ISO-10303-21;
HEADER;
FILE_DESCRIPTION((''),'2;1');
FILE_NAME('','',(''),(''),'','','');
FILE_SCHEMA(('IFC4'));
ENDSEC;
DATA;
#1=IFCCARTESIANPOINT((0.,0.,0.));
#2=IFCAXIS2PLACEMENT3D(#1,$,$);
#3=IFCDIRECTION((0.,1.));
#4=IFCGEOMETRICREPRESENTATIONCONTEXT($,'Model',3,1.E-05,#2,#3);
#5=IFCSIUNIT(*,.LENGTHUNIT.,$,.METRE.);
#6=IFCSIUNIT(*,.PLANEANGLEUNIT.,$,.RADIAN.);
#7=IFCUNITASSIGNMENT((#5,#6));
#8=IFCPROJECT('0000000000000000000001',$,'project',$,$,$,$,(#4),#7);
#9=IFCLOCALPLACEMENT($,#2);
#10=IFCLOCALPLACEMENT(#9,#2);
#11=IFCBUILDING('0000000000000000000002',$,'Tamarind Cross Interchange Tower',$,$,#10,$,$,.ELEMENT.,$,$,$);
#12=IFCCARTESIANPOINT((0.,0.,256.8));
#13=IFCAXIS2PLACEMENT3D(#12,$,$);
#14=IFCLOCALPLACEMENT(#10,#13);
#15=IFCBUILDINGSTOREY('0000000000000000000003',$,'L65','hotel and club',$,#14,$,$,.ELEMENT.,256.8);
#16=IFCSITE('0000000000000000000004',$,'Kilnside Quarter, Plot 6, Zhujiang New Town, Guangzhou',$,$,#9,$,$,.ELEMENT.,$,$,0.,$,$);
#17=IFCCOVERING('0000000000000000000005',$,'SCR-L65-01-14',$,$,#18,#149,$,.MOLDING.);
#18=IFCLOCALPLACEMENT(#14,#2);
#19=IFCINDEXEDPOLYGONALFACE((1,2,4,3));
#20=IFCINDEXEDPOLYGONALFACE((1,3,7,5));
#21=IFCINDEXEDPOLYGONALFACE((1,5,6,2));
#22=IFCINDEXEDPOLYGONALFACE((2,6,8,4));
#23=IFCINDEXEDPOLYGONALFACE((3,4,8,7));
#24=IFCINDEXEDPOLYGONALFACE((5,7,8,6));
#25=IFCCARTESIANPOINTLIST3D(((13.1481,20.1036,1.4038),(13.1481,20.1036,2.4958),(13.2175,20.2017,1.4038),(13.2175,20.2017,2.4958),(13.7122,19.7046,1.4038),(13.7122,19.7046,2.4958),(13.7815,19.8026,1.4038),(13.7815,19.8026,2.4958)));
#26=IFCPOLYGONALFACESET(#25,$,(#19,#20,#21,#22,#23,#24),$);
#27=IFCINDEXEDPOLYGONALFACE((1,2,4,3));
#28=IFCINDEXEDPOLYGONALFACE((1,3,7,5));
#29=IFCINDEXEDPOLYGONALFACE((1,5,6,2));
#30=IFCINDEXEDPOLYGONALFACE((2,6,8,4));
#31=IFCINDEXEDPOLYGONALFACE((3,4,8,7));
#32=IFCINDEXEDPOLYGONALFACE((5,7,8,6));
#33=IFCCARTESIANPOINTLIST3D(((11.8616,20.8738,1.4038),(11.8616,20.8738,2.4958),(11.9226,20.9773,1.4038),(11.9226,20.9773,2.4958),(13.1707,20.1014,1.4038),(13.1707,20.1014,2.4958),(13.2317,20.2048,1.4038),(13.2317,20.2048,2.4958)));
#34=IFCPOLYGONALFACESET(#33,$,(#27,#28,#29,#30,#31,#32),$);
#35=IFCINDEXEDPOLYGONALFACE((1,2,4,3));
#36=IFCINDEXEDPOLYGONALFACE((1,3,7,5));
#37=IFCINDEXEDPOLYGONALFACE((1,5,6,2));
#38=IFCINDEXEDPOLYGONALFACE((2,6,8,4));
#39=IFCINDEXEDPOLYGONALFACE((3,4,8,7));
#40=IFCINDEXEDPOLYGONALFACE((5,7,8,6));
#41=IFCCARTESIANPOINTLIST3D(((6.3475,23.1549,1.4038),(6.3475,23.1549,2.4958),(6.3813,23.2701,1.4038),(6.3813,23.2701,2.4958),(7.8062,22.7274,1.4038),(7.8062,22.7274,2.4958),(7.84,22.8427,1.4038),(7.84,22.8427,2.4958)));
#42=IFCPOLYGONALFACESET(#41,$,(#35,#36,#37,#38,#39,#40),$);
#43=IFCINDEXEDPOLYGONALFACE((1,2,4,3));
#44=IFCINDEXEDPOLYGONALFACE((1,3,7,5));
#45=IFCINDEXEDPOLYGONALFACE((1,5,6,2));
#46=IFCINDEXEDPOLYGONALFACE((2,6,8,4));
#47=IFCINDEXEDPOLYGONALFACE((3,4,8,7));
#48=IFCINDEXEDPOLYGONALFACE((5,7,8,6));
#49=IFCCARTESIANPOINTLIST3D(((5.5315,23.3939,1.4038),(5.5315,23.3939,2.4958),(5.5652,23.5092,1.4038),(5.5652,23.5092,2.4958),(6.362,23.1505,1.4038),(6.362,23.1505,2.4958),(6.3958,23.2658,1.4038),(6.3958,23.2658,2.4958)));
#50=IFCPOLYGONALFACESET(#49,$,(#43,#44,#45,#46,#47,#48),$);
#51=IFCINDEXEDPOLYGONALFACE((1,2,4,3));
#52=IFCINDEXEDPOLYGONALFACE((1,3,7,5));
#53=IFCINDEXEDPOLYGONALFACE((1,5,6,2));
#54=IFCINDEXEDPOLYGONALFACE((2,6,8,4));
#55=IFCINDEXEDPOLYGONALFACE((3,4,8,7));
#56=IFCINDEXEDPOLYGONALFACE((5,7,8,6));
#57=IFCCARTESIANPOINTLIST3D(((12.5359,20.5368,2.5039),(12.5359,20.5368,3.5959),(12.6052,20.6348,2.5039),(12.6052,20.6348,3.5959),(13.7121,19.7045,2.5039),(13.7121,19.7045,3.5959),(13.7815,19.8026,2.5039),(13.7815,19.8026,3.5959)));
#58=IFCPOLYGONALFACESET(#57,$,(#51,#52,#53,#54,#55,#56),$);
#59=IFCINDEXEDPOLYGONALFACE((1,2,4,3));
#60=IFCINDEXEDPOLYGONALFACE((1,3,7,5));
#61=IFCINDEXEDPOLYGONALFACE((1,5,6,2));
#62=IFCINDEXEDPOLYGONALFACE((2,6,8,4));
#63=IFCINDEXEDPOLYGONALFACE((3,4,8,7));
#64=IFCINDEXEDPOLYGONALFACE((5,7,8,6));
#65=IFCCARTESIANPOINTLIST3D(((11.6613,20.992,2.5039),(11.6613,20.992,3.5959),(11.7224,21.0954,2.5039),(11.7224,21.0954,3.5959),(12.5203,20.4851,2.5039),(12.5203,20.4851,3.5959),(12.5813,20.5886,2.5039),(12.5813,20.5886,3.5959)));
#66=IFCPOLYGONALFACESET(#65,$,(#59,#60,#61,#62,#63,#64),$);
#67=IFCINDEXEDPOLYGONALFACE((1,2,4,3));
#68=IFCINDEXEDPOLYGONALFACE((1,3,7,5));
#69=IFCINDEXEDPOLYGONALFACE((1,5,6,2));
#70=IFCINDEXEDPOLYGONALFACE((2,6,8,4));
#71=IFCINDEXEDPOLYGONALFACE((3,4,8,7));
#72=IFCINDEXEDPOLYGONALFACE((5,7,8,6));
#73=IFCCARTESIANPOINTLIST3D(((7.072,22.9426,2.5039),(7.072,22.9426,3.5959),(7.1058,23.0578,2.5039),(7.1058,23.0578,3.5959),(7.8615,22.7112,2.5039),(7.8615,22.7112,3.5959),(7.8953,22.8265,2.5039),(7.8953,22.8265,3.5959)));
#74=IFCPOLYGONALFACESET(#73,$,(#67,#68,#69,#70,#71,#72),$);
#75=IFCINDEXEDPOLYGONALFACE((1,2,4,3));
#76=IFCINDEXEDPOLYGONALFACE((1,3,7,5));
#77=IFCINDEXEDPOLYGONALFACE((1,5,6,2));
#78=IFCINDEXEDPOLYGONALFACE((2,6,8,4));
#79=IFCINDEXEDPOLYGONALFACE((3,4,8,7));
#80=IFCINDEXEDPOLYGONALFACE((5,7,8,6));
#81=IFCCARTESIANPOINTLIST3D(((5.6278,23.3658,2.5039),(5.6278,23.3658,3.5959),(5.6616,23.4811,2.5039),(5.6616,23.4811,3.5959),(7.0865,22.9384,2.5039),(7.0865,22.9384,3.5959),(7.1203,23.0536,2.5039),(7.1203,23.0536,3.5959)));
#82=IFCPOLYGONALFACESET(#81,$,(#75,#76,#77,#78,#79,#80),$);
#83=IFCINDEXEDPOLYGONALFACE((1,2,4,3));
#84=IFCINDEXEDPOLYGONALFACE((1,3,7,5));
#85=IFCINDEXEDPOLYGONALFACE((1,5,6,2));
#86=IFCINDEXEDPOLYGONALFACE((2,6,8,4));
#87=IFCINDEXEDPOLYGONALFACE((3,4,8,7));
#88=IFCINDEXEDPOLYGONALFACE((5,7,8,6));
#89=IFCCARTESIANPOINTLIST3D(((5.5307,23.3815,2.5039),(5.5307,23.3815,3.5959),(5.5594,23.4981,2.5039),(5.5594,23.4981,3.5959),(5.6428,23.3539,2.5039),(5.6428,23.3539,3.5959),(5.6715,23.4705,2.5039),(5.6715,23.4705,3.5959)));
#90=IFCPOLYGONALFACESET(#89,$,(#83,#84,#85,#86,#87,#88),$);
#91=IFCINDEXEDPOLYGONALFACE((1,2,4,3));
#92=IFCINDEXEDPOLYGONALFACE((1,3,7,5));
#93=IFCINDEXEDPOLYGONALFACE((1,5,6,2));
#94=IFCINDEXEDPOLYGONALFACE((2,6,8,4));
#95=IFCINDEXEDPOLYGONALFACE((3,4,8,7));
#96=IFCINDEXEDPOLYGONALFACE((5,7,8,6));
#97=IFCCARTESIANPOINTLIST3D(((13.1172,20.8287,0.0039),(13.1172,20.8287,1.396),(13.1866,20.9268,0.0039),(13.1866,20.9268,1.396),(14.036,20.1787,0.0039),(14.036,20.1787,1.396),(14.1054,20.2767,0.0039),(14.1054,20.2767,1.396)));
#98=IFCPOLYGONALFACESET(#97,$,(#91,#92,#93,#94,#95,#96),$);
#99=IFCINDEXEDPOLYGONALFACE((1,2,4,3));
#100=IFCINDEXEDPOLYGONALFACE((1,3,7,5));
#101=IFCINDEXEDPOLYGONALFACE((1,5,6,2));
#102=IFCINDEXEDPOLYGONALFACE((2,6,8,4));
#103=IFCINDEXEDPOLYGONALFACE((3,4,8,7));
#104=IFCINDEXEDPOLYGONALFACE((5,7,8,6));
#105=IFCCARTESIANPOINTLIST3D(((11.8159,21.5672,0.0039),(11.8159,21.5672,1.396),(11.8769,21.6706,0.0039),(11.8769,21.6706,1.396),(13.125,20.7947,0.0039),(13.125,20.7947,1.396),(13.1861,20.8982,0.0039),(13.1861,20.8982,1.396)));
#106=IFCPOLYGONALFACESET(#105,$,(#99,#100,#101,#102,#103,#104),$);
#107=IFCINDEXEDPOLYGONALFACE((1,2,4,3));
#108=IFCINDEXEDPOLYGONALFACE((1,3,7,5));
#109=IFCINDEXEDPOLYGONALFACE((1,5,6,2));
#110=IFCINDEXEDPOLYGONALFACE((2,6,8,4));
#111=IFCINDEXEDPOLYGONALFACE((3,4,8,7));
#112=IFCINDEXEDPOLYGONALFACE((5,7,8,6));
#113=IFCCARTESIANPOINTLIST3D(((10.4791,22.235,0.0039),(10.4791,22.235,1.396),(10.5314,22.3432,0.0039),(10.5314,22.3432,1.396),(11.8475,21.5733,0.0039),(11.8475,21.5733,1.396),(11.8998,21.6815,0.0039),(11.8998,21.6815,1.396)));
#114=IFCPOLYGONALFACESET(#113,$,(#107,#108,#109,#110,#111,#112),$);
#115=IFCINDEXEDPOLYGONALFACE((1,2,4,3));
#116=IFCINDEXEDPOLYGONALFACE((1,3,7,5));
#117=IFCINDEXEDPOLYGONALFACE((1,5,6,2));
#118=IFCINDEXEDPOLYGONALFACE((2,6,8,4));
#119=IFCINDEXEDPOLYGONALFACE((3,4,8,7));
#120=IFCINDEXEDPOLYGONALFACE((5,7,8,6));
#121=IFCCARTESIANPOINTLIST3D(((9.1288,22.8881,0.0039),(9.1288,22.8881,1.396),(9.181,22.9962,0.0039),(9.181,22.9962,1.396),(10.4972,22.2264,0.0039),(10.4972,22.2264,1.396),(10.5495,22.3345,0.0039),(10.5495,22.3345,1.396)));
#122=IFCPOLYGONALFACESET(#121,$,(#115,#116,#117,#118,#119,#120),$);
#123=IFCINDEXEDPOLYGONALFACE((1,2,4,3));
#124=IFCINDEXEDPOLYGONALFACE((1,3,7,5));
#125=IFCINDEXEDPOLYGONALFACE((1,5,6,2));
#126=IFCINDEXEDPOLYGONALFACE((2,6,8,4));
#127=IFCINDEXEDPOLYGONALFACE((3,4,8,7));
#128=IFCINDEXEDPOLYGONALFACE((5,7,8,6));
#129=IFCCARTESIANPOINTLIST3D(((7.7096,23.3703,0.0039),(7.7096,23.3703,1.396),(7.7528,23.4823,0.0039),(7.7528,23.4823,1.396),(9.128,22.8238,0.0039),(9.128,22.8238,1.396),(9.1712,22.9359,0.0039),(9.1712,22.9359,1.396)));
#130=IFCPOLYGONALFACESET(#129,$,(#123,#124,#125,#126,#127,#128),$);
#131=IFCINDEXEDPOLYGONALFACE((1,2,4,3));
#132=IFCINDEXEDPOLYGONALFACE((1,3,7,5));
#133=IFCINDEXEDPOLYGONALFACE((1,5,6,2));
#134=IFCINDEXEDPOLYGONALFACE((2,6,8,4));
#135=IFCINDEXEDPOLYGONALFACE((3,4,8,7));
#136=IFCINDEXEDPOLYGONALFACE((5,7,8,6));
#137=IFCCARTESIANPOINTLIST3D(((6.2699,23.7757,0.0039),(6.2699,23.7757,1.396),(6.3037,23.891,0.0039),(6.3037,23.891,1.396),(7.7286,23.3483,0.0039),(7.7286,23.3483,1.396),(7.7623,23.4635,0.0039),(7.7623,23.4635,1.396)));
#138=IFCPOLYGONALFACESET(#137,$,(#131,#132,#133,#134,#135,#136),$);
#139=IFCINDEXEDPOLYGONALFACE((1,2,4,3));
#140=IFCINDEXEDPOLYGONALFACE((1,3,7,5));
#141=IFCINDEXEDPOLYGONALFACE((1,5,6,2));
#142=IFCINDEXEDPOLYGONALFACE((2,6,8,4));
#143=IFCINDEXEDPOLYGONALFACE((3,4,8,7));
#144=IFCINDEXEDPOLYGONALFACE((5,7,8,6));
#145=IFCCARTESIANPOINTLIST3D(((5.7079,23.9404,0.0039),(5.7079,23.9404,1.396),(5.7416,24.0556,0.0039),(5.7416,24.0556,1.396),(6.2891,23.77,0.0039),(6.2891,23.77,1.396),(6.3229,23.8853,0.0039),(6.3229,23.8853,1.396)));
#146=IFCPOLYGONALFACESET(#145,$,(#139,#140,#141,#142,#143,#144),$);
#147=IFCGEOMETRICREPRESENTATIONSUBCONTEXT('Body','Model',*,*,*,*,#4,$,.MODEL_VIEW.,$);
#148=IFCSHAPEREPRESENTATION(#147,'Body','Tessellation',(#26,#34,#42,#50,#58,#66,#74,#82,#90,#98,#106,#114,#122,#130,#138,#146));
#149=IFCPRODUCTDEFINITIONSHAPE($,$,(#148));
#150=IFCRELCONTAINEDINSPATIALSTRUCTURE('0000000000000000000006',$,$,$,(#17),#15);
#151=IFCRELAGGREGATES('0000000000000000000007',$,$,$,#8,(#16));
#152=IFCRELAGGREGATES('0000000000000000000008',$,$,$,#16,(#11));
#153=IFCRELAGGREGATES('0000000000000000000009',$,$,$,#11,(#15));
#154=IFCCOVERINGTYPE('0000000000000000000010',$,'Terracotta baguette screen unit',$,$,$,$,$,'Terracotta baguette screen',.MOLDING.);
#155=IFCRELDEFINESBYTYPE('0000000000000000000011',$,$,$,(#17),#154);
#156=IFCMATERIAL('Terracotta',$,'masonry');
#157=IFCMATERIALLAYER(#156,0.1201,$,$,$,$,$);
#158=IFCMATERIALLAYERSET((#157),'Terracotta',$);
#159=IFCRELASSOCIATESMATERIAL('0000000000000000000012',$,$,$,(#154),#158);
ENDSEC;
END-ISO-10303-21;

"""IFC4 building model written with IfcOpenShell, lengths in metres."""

from ifc_helpers import new_model, si_unit, direction, frame, origin, origin_2d, place, context, subcontext, project, spatial, rectangle, extrude, material, layer, layer_set, type_object, element, save


model = new_model("IFC4")

# Units and contexts
model_context = context("Model", 3, precision=1e-05, world=origin(), true_north=direction((0.0, 1.0)))
body_context = subcontext(model_context, "Body", "Model", "MODEL_VIEW")
ifc_project = project(units=[si_unit("LENGTHUNIT", "METRE"), si_unit("PLANEANGLEUNIT", "RADIAN")], contexts=[model_context])

# Site, building, storey
site_placement = place(None, origin())
site = spatial("IfcSite", under=ifc_project, at=site_placement, Name="Kilnside Quarter, Plot 6, Zhujiang New Town, Guangzhou", CompositionType="ELEMENT", RefElevation=0.0)
building_placement = place(site_placement, origin())
building = spatial("IfcBuilding", under=site, at=building_placement, Name="Tamarind Cross Interchange Tower", CompositionType="ELEMENT")
storey_placement = place(building_placement, frame((0.0, 0.0, 256.8)))
storey = spatial("IfcBuildingStorey", under=building, at=storey_placement, Name="L65", Description="hotel and club", CompositionType="ELEMENT", Elevation=256.8)

# Covering
ifc_material_1 = material(Name="Terracotta", Category="masonry")
ifc_layer_1 = layer(ifc_material_1, 0.1201)
ifc_layer_set_1 = layer_set([ifc_layer_1], Name="Terracotta")
covering_type = type_object("IfcCoveringType", Name="Terracotta baguette screen unit", ElementType="Terracotta baguette screen", PredefinedType="MOLDING", material=ifc_layer_set_1)
covering_1_placement = place(storey_placement, origin())
element("IfcCovering", 1, at=covering_1_placement, inside=storey, type_object=covering_type, Name="SCR-L65-01-14", PredefinedType="MOLDING", context=body_context, shape_type="SweptSolid", body=[
    extrude(rectangle(XDim=0.6909, YDim=0.1201, at=origin_2d()), frame((13.4648, 19.9531, 1.4038), z_axis=(0.0, 0.0, 1.0), x_axis=(-0.816342, 0.577569, 0.0)), (0.0, 0.0, 1.0), 1.092),
    extrude(rectangle(XDim=1.52, YDim=0.1201, at=origin_2d()), frame((12.5466, 20.5393, 1.4038), z_axis=(0.0, 0.0, 1.0), x_axis=(-0.861249, 0.508183, 0.0)), (0.0, 0.0, 1.0), 1.092),
    extrude(rectangle(XDim=1.52, YDim=0.1201, at=origin_2d()), frame((7.0938, 22.9988, 1.4038), z_axis=(0.0, 0.0, 1.0), x_axis=(-0.959647, 0.281209, 0.0)), (0.0, 0.0, 1.0), 1.092),
    extrude(rectangle(XDim=0.8655, YDim=0.1201, at=origin_2d()), frame((5.9636, 23.3298, 1.4038), z_axis=(0.0, 0.0, 1.0), x_axis=(-0.959647, 0.281209, 0.0)), (0.0, 0.0, 1.0), 1.092),
    extrude(rectangle(XDim=1.4409, YDim=0.1201, at=origin_2d()), frame((13.1587, 20.1697, 2.5039), z_axis=(0.0, 0.0, 1.0), x_axis=(-0.816342, 0.577569, 0.0)), (0.0, 0.0, 1.0), 1.092),
    extrude(rectangle(XDim=0.9973, YDim=0.1201, at=origin_2d()), frame((12.1213, 20.7903, 2.5039), z_axis=(0.0, 0.0, 1.0), x_axis=(-0.861249, 0.508183, 0.0)), (0.0, 0.0, 1.0), 1.092),
    extrude(rectangle(XDim=0.8228, YDim=0.1201, at=origin_2d()), frame((7.4836, 22.8845, 2.5039), z_axis=(0.0, 0.0, 1.0), x_axis=(-0.959647, 0.281209, 0.0)), (0.0, 0.0, 1.0), 1.092),
    extrude(rectangle(XDim=1.52, YDim=0.1201, at=origin_2d()), frame((6.374, 23.2097, 2.5039), z_axis=(0.0, 0.0, 1.0), x_axis=(-0.959647, 0.281209, 0.0)), (0.0, 0.0, 1.0), 1.092),
    extrude(rectangle(XDim=0.1155, YDim=0.1201, at=origin_2d()), frame((5.6011, 23.426, 2.5039), z_axis=(0.0, 0.0, 1.0), x_axis=(-0.971012, 0.239029, 0.0)), (0.0, 0.0, 1.0), 1.092),
    extrude(rectangle(XDim=1.1255, YDim=0.1201, at=origin_2d()), frame((13.6113, 20.5527, 0.0039), z_axis=(0.0, 0.0, 1.0), x_axis=(-0.816342, 0.577569, 0.0)), (0.0, 0.0, 1.0), 1.3921),
    extrude(rectangle(XDim=1.52, YDim=0.1201, at=origin_2d()), frame((12.501, 21.2327, 0.0039), z_axis=(0.0, 0.0, 1.0), x_axis=(-0.861249, 0.508183, 0.0)), (0.0, 0.0, 1.0), 1.3921),
    extrude(rectangle(XDim=1.52, YDim=0.1201, at=origin_2d()), frame((11.1895, 21.9583, 0.0039), z_axis=(0.0, 0.0, 1.0), x_axis=(-0.900273, 0.435326, 0.0)), (0.0, 0.0, 1.0), 1.3921),
    extrude(rectangle(XDim=1.52, YDim=0.1201, at=origin_2d()), frame((9.8391, 22.6113, 0.0039), z_axis=(0.0, 0.0, 1.0), x_axis=(-0.900273, 0.435326, 0.0)), (0.0, 0.0, 1.0), 1.3921),
    extrude(rectangle(XDim=1.52, YDim=0.1201, at=origin_2d()), frame((8.4404, 23.1531, 0.0039), z_axis=(0.0, 0.0, 1.0), x_axis=(-0.933147, 0.359495, 0.0)), (0.0, 0.0, 1.0), 1.3921),
    extrude(rectangle(XDim=1.52, YDim=0.1201, at=origin_2d()), frame((7.0161, 23.6196, 0.0039), z_axis=(0.0, 0.0, 1.0), x_axis=(-0.959647, 0.281209, 0.0)), (0.0, 0.0, 1.0), 1.3921),
    extrude(rectangle(XDim=0.6057, YDim=0.1201, at=origin_2d()), frame((6.0154, 23.9128, 0.0039), z_axis=(0.0, 0.0, 1.0), x_axis=(-0.959647, 0.281209, 0.0)), (0.0, 0.0, 1.0), 1.3921),
])

save(model, "model.ifc")
